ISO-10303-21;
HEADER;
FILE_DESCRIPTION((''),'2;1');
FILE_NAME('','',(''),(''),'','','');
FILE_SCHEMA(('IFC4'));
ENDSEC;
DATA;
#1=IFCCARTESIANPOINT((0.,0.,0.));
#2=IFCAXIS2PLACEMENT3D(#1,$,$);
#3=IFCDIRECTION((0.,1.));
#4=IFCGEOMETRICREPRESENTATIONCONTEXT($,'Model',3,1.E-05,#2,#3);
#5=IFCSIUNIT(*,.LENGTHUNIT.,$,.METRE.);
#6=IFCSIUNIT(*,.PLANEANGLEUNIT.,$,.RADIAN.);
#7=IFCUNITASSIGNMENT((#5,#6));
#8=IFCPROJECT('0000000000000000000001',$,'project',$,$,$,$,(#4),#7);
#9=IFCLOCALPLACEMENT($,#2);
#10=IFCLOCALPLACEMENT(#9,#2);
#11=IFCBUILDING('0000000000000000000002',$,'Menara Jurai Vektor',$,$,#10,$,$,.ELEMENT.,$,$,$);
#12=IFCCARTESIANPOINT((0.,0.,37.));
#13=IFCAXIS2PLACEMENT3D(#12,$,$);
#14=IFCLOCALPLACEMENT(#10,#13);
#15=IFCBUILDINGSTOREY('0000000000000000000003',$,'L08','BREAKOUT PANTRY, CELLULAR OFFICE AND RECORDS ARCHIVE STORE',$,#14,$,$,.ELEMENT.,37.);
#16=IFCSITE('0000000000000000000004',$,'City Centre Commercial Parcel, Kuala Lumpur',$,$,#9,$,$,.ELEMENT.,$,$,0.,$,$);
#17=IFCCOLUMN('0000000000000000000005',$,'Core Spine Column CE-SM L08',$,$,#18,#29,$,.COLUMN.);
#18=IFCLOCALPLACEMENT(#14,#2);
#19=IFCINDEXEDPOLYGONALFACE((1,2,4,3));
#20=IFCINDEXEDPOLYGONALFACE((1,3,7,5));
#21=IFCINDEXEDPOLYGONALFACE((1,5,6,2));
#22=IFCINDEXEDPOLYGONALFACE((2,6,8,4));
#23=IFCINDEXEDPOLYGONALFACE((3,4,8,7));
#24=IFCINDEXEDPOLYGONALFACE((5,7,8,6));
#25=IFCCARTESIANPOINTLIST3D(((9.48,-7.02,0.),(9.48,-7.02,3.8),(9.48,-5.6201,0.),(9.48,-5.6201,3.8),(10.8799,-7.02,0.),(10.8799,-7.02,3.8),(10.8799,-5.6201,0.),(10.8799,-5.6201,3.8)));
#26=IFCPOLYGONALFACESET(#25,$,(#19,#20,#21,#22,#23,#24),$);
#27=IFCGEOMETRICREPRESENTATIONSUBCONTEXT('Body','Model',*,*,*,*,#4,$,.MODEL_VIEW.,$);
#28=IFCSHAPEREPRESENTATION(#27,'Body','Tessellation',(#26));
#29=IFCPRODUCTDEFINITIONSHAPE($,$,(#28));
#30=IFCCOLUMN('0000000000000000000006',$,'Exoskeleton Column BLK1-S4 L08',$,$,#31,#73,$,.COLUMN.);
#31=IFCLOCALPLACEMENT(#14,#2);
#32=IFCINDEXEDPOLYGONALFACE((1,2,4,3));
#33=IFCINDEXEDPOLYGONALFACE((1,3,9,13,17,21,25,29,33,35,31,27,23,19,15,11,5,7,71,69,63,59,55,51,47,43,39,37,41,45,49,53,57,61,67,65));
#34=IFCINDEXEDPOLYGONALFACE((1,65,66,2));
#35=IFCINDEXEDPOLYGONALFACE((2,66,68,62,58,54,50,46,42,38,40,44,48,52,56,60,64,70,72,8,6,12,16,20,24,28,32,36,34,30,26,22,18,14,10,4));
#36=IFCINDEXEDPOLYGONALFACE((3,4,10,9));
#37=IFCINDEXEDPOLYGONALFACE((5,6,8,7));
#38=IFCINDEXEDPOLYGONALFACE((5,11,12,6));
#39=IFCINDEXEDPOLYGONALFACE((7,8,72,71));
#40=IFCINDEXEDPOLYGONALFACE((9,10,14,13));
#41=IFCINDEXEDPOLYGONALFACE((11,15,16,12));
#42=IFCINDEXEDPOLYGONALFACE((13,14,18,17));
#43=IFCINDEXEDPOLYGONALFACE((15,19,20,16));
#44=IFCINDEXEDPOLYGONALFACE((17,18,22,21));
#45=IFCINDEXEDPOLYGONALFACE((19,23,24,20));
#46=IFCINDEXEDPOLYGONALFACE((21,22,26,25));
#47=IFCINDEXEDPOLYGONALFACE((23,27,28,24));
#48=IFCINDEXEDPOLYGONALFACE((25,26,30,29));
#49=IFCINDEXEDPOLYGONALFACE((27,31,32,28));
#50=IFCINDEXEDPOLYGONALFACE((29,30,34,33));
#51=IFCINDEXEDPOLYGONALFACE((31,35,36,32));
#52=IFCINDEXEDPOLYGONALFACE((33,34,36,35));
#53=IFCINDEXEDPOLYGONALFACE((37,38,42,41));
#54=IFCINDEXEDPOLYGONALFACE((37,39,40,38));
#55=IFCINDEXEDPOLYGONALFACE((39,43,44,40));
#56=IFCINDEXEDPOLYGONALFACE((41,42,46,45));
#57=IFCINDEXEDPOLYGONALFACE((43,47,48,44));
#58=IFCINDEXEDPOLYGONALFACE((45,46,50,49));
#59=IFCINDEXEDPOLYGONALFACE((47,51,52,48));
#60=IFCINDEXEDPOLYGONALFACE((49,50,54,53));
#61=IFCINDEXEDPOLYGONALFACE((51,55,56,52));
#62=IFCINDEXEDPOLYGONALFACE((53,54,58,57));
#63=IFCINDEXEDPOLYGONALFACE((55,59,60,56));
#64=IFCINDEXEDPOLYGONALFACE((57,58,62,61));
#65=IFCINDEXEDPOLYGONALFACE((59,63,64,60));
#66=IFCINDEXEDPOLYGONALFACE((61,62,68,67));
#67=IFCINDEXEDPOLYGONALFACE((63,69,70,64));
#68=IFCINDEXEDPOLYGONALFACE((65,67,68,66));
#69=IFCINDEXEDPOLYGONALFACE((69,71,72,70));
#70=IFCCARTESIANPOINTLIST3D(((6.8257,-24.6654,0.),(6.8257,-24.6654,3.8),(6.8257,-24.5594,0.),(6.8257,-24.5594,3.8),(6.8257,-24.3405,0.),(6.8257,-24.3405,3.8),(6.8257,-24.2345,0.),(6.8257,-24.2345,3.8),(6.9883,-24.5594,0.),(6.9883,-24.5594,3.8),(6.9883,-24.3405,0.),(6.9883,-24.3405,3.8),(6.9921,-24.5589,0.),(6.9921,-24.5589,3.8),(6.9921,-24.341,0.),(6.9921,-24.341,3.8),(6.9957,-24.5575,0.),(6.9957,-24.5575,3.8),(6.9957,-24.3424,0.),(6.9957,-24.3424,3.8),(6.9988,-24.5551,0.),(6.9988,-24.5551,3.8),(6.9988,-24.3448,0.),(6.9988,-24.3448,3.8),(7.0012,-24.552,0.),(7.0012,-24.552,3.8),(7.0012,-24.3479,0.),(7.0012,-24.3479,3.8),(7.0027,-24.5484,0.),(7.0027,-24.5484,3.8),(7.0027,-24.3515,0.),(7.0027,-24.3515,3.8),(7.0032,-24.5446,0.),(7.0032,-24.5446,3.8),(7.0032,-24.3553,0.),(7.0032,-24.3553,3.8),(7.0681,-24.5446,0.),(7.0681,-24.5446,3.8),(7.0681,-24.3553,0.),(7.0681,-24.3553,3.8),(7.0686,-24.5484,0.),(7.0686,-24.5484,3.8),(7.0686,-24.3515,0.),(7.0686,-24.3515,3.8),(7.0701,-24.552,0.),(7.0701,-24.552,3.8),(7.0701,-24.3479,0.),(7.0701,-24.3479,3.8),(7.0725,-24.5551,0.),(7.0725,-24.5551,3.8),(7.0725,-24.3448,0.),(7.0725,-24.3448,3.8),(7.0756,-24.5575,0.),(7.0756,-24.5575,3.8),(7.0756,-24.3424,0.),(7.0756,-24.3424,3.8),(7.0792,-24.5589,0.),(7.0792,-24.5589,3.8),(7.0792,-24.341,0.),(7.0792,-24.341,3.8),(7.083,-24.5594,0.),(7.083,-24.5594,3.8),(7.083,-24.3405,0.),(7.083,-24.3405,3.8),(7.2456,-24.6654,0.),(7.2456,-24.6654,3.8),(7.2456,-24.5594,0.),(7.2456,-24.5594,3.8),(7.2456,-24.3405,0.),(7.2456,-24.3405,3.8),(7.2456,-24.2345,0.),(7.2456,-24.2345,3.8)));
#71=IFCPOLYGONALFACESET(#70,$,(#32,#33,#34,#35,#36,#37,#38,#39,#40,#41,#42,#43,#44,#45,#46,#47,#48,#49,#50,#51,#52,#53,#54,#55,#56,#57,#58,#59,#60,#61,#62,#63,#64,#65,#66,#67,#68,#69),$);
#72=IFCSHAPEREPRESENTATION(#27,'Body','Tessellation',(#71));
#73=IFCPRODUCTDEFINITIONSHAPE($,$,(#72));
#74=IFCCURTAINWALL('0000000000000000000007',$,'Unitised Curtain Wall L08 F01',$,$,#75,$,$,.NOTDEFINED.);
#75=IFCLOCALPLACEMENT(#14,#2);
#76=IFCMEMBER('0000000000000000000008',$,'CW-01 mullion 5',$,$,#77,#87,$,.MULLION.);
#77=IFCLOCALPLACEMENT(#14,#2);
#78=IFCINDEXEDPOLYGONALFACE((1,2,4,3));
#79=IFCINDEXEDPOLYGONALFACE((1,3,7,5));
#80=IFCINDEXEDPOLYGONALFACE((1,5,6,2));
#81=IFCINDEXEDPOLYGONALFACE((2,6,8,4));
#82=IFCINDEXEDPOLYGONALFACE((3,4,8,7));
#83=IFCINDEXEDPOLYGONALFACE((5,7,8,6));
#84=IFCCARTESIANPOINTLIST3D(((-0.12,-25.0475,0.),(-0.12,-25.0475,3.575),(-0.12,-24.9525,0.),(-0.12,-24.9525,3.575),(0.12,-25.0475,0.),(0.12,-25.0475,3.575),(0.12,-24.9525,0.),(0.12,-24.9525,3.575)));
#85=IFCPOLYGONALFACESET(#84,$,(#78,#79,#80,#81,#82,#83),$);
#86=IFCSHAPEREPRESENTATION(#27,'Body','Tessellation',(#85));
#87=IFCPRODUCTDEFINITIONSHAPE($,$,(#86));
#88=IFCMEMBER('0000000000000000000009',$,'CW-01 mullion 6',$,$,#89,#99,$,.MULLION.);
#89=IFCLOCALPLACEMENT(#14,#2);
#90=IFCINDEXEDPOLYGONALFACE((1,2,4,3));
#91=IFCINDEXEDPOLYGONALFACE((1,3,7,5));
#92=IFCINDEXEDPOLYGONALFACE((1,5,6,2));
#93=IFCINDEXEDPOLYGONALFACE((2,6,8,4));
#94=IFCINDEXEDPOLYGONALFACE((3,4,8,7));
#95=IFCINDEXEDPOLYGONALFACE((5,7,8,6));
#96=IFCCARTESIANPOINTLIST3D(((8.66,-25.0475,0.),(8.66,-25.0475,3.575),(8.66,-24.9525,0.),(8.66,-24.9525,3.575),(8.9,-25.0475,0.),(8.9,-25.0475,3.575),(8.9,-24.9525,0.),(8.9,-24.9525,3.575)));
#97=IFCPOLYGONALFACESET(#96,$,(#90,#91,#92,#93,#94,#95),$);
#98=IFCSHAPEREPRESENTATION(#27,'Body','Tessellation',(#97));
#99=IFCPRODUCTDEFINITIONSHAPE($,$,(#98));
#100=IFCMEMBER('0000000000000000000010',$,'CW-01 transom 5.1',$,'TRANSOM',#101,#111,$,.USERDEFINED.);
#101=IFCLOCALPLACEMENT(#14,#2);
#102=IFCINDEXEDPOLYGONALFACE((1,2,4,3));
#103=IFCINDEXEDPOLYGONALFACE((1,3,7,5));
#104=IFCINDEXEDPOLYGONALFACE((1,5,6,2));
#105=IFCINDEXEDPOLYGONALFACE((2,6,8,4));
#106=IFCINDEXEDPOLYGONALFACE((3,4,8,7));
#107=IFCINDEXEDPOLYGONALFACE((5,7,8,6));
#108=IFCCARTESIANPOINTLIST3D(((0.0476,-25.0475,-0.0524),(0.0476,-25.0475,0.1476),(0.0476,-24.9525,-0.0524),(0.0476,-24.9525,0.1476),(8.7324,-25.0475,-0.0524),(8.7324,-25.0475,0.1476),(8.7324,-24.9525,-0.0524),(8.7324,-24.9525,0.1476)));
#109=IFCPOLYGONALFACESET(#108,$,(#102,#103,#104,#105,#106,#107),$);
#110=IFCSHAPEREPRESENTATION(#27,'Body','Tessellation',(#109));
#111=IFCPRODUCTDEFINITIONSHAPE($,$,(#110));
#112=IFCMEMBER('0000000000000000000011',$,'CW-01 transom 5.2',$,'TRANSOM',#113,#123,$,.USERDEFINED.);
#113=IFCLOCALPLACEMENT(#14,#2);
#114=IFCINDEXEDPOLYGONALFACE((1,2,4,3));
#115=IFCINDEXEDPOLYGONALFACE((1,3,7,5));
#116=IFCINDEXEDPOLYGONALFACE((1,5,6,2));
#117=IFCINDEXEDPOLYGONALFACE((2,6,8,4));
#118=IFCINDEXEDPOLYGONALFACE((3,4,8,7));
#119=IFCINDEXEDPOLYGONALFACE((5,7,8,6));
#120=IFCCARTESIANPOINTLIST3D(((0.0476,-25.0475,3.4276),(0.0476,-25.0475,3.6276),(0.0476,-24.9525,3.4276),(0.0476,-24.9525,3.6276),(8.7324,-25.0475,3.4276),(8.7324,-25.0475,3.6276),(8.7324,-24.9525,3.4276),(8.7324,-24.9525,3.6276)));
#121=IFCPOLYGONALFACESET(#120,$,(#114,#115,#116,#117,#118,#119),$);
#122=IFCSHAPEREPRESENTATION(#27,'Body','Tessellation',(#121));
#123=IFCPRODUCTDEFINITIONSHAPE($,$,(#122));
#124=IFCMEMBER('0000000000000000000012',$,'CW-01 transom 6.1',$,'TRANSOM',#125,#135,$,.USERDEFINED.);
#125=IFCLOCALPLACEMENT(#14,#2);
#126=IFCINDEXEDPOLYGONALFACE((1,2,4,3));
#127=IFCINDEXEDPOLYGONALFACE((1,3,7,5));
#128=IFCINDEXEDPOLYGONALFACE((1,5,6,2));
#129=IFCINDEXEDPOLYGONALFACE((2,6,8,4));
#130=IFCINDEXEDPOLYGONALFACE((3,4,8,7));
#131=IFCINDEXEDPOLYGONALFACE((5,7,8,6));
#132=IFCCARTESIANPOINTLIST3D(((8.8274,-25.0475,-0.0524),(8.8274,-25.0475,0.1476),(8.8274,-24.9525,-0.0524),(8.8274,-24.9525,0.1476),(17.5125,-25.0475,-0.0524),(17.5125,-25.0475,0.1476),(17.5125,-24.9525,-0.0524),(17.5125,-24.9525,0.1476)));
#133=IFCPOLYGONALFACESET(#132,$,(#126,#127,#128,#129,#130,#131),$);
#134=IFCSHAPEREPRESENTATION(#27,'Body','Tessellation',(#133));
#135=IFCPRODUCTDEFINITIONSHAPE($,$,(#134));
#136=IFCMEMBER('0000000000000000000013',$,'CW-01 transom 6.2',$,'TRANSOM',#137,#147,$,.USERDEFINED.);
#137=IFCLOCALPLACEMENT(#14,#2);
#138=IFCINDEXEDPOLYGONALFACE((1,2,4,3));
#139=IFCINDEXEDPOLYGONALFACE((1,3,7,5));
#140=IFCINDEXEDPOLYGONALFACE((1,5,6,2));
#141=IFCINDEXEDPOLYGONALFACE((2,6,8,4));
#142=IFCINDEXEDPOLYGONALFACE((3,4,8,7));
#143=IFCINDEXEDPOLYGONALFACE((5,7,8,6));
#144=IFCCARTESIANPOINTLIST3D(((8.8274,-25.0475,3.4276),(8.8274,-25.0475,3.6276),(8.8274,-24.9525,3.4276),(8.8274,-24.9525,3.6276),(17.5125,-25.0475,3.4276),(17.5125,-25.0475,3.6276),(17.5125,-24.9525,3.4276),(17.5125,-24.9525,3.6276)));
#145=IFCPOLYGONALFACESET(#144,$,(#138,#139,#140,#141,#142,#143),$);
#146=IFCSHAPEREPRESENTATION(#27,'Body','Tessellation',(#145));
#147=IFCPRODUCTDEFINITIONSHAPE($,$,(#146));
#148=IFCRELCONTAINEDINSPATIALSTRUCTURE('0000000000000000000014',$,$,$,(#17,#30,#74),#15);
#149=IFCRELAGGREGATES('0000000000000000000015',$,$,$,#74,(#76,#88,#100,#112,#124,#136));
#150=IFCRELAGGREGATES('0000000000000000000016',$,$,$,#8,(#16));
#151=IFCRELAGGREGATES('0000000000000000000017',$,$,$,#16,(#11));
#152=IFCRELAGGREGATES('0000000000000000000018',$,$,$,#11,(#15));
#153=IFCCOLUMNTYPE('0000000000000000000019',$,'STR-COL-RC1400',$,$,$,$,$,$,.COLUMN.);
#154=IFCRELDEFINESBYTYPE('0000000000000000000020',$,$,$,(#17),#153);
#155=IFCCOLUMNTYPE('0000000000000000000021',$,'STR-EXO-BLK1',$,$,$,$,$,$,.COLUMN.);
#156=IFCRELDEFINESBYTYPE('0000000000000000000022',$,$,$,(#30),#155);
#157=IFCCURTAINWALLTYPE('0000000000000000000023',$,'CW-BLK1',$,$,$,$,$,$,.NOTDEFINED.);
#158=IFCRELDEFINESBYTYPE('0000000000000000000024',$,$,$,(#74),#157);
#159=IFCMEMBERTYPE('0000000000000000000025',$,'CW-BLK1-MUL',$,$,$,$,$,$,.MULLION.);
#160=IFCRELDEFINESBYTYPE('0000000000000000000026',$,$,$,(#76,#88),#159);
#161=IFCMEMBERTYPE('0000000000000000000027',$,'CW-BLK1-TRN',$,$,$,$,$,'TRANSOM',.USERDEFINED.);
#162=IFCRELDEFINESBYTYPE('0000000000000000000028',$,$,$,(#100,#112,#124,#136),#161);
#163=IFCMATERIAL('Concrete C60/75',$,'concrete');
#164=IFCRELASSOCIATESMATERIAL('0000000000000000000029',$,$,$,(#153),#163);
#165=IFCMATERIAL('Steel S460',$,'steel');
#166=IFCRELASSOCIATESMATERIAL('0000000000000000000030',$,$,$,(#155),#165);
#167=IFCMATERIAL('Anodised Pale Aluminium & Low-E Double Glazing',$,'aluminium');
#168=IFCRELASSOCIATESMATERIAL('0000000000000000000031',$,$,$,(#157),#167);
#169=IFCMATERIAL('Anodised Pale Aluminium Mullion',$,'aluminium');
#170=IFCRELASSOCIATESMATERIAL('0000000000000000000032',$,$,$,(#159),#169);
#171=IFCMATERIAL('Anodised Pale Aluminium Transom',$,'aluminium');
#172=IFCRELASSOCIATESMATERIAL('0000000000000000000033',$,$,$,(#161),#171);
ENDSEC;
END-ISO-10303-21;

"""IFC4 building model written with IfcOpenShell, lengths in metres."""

from ifc_helpers import new_model, si_unit, direction, frame, origin, origin_2d, place, context, subcontext, project, spatial, rectangle, i_section, extrude, material, material_profile, profile_set, type_object, element, aggregate, save


model = new_model("IFC4")

# Units and contexts
model_context = context("Model", 3, precision=1e-05, world=origin(), true_north=direction((0.0, 1.0)))
body_context = subcontext(model_context, "Body", "Model", "MODEL_VIEW")
ifc_project = project(units=[si_unit("LENGTHUNIT", "METRE"), si_unit("PLANEANGLEUNIT", "RADIAN")], contexts=[model_context])

# Site, building, storey
site_placement = place(None, origin())
site = spatial("IfcSite", under=ifc_project, at=site_placement, Name="City Centre Commercial Parcel, Kuala Lumpur", CompositionType="ELEMENT", RefElevation=0.0)
building_placement = place(site_placement, origin())
building = spatial("IfcBuilding", under=site, at=building_placement, Name="Menara Jurai Vektor", CompositionType="ELEMENT")
storey_placement = place(building_placement, frame((0.0, 0.0, 37.0)))
storey = spatial("IfcBuildingStorey", under=building, at=storey_placement, Name="L08", Description="BREAKOUT PANTRY, CELLULAR OFFICE AND RECORDS ARCHIVE STORE", CompositionType="ELEMENT", Elevation=37.0)

# Columns
ifc_material_1 = material(Name="Concrete C60/75", Category="concrete")
ifc_material_profile_1 = material_profile(ifc_material_1, rectangle(XDim=1.3999, YDim=1.3999, at=origin_2d()), Name="RC 1400x1400")
ifc_profile_set_1 = profile_set([ifc_material_profile_1], Name="Concrete C60/75")
column_type_1 = type_object("IfcColumnType", Name="STR-COL-RC1400", PredefinedType="COLUMN", material=ifc_profile_set_1)
column_1_placement = place(storey_placement, frame((10.1799, -6.3201, 0.0), z_axis=(0.0, 0.0, 1.0), x_axis=(1.0, 0.0, 0.0)))
element("IfcColumn", 1, at=column_1_placement, inside=storey, type_object=column_type_1, Name="Core Spine Column CE-SM L08", PredefinedType="COLUMN", context=body_context, shape_type="SweptSolid", body=[
    extrude(rectangle(XDim=1.3999, YDim=1.3999, at=origin_2d()), origin(), (0.0, 0.0, 1.0), 3.8),
])
ifc_material_2 = material(Name="Steel S460", Category="steel")
ifc_material_profile_2 = material_profile(ifc_material_2, i_section(OverallWidth=0.4199, OverallDepth=0.4309, WebThickness=0.0649, FlangeThickness=0.106, FilletRadius=0.0149, at=origin_2d()), Name="HD 400x900")
ifc_profile_set_2 = profile_set([ifc_material_profile_2], Name="Steel S460")
column_type_2 = type_object("IfcColumnType", Name="STR-EXO-BLK1", PredefinedType="COLUMN", material=ifc_profile_set_2)
column_2_placement = place(storey_placement, frame((7.0356, -24.45, 0.0), z_axis=(0.0, 0.0, 1.0), x_axis=(1.0, 0.0, 0.0)))
element("IfcColumn", 2, at=column_2_placement, inside=storey, type_object=column_type_2, Name="Exoskeleton Column BLK1-S4 L08", PredefinedType="COLUMN", context=body_context, shape_type="SweptSolid", body=[
    extrude(i_section(OverallWidth=0.4199, OverallDepth=0.4309, WebThickness=0.0649, FlangeThickness=0.106, FilletRadius=0.0149, at=origin_2d()), origin(), (0.0, 0.0, 1.0), 3.8),
])

# Curtain wall, members
ifc_material_3 = material(Name="Anodised Pale Aluminium & Low-E Double Glazing", Category="aluminium")
curtain_wall_type = type_object("IfcCurtainWallType", Name="CW-BLK1", PredefinedType="NOTDEFINED", material=ifc_material_3)
curtain_wall_placement = place(storey_placement, origin())
curtain_wall = element("IfcCurtainWall", 3, at=curtain_wall_placement, inside=storey, type_object=curtain_wall_type, Name="Unitised Curtain Wall L08 F01", PredefinedType="NOTDEFINED")
ifc_material_4 = material(Name="Anodised Pale Aluminium Mullion", Category="aluminium")
ifc_material_profile_3 = material_profile(ifc_material_4, rectangle(XDim=0.095, YDim=0.24, at=origin_2d()), Name="ALU MUL 95x240")
ifc_profile_set_3 = profile_set([ifc_material_profile_3], Name="Anodised Pale Aluminium Mullion")
member_type_1 = type_object("IfcMemberType", Name="CW-BLK1-MUL", PredefinedType="MULLION", material=ifc_profile_set_3)
member_1_placement = place(storey_placement, frame((0.0, -25.0, 0.0), z_axis=(0.0, 0.0, 1.0), x_axis=(0.0, 1.0, 0.0)))
member_1 = element("IfcMember", 4, at=member_1_placement, type_object=member_type_1, Name="CW-01 mullion 5", PredefinedType="MULLION", context=body_context, shape_type="SweptSolid", body=[
    extrude(rectangle(XDim=0.095, YDim=0.24, at=origin_2d()), origin(), (0.0, 0.0, 1.0), 3.575),
])
member_2_placement = place(storey_placement, frame((8.78, -25.0, 0.0), z_axis=(0.0, 0.0, 1.0), x_axis=(0.0, 1.0, 0.0)))
member_2 = element("IfcMember", 5, at=member_2_placement, type_object=member_type_1, Name="CW-01 mullion 6", PredefinedType="MULLION", context=body_context, shape_type="SweptSolid", body=[
    extrude(rectangle(XDim=0.095, YDim=0.24, at=origin_2d()), origin(), (0.0, 0.0, 1.0), 3.575),
])
ifc_material_5 = material(Name="Anodised Pale Aluminium Transom", Category="aluminium")
ifc_material_profile_4 = material_profile(ifc_material_5, rectangle(XDim=0.095, YDim=0.2, at=origin_2d()), Name="ALU TRN 95x200")
ifc_profile_set_4 = profile_set([ifc_material_profile_4], Name="Anodised Pale Aluminium Transom")
member_type_2 = type_object("IfcMemberType", Name="CW-BLK1-TRN", ElementType="TRANSOM", PredefinedType="USERDEFINED", material=ifc_profile_set_4)
member_3_placement = place(storey_placement, frame((0.0476, -25.0, 0.0476), z_axis=(1.0, 0.0, 0.0), x_axis=(0.0, 1.0, 0.0)))
member_3 = element("IfcMember", 6, at=member_3_placement, type_object=member_type_2, Name="CW-01 transom 5.1", ObjectType="TRANSOM", PredefinedType="USERDEFINED", context=body_context, shape_type="SweptSolid", body=[
    extrude(rectangle(XDim=0.095, YDim=0.2, at=origin_2d()), origin(), (0.0, 0.0, 1.0), 8.6848),
])
member_4_placement = place(storey_placement, frame((0.0476, -25.0, 3.5276), z_axis=(1.0, 0.0, 0.0), x_axis=(0.0, 1.0, 0.0)))
member_4 = element("IfcMember", 7, at=member_4_placement, type_object=member_type_2, Name="CW-01 transom 5.2", ObjectType="TRANSOM", PredefinedType="USERDEFINED", context=body_context, shape_type="SweptSolid", body=[
    extrude(rectangle(XDim=0.095, YDim=0.2, at=origin_2d()), origin(), (0.0, 0.0, 1.0), 8.6848),
])
member_5_placement = place(storey_placement, frame((8.8274, -25.0, 0.0476), z_axis=(1.0, 0.0, 0.0), x_axis=(0.0, 1.0, 0.0)))
member_5 = element("IfcMember", 8, at=member_5_placement, type_object=member_type_2, Name="CW-01 transom 6.1", ObjectType="TRANSOM", PredefinedType="USERDEFINED", context=body_context, shape_type="SweptSolid", body=[
    extrude(rectangle(XDim=0.095, YDim=0.2, at=origin_2d()), origin(), (0.0, 0.0, 1.0), 8.6851),
])
member_6_placement = place(storey_placement, frame((8.8274, -25.0, 3.5276), z_axis=(1.0, 0.0, 0.0), x_axis=(0.0, 1.0, 0.0)))
member_6 = element("IfcMember", 9, at=member_6_placement, type_object=member_type_2, Name="CW-01 transom 6.2", ObjectType="TRANSOM", PredefinedType="USERDEFINED", context=body_context, shape_type="SweptSolid", body=[
    extrude(rectangle(XDim=0.095, YDim=0.2, at=origin_2d()), origin(), (0.0, 0.0, 1.0), 8.6851),
])

aggregate(curtain_wall, [member_1, member_2, member_3, member_4, member_5, member_6])

save(model, "model.ifc")
